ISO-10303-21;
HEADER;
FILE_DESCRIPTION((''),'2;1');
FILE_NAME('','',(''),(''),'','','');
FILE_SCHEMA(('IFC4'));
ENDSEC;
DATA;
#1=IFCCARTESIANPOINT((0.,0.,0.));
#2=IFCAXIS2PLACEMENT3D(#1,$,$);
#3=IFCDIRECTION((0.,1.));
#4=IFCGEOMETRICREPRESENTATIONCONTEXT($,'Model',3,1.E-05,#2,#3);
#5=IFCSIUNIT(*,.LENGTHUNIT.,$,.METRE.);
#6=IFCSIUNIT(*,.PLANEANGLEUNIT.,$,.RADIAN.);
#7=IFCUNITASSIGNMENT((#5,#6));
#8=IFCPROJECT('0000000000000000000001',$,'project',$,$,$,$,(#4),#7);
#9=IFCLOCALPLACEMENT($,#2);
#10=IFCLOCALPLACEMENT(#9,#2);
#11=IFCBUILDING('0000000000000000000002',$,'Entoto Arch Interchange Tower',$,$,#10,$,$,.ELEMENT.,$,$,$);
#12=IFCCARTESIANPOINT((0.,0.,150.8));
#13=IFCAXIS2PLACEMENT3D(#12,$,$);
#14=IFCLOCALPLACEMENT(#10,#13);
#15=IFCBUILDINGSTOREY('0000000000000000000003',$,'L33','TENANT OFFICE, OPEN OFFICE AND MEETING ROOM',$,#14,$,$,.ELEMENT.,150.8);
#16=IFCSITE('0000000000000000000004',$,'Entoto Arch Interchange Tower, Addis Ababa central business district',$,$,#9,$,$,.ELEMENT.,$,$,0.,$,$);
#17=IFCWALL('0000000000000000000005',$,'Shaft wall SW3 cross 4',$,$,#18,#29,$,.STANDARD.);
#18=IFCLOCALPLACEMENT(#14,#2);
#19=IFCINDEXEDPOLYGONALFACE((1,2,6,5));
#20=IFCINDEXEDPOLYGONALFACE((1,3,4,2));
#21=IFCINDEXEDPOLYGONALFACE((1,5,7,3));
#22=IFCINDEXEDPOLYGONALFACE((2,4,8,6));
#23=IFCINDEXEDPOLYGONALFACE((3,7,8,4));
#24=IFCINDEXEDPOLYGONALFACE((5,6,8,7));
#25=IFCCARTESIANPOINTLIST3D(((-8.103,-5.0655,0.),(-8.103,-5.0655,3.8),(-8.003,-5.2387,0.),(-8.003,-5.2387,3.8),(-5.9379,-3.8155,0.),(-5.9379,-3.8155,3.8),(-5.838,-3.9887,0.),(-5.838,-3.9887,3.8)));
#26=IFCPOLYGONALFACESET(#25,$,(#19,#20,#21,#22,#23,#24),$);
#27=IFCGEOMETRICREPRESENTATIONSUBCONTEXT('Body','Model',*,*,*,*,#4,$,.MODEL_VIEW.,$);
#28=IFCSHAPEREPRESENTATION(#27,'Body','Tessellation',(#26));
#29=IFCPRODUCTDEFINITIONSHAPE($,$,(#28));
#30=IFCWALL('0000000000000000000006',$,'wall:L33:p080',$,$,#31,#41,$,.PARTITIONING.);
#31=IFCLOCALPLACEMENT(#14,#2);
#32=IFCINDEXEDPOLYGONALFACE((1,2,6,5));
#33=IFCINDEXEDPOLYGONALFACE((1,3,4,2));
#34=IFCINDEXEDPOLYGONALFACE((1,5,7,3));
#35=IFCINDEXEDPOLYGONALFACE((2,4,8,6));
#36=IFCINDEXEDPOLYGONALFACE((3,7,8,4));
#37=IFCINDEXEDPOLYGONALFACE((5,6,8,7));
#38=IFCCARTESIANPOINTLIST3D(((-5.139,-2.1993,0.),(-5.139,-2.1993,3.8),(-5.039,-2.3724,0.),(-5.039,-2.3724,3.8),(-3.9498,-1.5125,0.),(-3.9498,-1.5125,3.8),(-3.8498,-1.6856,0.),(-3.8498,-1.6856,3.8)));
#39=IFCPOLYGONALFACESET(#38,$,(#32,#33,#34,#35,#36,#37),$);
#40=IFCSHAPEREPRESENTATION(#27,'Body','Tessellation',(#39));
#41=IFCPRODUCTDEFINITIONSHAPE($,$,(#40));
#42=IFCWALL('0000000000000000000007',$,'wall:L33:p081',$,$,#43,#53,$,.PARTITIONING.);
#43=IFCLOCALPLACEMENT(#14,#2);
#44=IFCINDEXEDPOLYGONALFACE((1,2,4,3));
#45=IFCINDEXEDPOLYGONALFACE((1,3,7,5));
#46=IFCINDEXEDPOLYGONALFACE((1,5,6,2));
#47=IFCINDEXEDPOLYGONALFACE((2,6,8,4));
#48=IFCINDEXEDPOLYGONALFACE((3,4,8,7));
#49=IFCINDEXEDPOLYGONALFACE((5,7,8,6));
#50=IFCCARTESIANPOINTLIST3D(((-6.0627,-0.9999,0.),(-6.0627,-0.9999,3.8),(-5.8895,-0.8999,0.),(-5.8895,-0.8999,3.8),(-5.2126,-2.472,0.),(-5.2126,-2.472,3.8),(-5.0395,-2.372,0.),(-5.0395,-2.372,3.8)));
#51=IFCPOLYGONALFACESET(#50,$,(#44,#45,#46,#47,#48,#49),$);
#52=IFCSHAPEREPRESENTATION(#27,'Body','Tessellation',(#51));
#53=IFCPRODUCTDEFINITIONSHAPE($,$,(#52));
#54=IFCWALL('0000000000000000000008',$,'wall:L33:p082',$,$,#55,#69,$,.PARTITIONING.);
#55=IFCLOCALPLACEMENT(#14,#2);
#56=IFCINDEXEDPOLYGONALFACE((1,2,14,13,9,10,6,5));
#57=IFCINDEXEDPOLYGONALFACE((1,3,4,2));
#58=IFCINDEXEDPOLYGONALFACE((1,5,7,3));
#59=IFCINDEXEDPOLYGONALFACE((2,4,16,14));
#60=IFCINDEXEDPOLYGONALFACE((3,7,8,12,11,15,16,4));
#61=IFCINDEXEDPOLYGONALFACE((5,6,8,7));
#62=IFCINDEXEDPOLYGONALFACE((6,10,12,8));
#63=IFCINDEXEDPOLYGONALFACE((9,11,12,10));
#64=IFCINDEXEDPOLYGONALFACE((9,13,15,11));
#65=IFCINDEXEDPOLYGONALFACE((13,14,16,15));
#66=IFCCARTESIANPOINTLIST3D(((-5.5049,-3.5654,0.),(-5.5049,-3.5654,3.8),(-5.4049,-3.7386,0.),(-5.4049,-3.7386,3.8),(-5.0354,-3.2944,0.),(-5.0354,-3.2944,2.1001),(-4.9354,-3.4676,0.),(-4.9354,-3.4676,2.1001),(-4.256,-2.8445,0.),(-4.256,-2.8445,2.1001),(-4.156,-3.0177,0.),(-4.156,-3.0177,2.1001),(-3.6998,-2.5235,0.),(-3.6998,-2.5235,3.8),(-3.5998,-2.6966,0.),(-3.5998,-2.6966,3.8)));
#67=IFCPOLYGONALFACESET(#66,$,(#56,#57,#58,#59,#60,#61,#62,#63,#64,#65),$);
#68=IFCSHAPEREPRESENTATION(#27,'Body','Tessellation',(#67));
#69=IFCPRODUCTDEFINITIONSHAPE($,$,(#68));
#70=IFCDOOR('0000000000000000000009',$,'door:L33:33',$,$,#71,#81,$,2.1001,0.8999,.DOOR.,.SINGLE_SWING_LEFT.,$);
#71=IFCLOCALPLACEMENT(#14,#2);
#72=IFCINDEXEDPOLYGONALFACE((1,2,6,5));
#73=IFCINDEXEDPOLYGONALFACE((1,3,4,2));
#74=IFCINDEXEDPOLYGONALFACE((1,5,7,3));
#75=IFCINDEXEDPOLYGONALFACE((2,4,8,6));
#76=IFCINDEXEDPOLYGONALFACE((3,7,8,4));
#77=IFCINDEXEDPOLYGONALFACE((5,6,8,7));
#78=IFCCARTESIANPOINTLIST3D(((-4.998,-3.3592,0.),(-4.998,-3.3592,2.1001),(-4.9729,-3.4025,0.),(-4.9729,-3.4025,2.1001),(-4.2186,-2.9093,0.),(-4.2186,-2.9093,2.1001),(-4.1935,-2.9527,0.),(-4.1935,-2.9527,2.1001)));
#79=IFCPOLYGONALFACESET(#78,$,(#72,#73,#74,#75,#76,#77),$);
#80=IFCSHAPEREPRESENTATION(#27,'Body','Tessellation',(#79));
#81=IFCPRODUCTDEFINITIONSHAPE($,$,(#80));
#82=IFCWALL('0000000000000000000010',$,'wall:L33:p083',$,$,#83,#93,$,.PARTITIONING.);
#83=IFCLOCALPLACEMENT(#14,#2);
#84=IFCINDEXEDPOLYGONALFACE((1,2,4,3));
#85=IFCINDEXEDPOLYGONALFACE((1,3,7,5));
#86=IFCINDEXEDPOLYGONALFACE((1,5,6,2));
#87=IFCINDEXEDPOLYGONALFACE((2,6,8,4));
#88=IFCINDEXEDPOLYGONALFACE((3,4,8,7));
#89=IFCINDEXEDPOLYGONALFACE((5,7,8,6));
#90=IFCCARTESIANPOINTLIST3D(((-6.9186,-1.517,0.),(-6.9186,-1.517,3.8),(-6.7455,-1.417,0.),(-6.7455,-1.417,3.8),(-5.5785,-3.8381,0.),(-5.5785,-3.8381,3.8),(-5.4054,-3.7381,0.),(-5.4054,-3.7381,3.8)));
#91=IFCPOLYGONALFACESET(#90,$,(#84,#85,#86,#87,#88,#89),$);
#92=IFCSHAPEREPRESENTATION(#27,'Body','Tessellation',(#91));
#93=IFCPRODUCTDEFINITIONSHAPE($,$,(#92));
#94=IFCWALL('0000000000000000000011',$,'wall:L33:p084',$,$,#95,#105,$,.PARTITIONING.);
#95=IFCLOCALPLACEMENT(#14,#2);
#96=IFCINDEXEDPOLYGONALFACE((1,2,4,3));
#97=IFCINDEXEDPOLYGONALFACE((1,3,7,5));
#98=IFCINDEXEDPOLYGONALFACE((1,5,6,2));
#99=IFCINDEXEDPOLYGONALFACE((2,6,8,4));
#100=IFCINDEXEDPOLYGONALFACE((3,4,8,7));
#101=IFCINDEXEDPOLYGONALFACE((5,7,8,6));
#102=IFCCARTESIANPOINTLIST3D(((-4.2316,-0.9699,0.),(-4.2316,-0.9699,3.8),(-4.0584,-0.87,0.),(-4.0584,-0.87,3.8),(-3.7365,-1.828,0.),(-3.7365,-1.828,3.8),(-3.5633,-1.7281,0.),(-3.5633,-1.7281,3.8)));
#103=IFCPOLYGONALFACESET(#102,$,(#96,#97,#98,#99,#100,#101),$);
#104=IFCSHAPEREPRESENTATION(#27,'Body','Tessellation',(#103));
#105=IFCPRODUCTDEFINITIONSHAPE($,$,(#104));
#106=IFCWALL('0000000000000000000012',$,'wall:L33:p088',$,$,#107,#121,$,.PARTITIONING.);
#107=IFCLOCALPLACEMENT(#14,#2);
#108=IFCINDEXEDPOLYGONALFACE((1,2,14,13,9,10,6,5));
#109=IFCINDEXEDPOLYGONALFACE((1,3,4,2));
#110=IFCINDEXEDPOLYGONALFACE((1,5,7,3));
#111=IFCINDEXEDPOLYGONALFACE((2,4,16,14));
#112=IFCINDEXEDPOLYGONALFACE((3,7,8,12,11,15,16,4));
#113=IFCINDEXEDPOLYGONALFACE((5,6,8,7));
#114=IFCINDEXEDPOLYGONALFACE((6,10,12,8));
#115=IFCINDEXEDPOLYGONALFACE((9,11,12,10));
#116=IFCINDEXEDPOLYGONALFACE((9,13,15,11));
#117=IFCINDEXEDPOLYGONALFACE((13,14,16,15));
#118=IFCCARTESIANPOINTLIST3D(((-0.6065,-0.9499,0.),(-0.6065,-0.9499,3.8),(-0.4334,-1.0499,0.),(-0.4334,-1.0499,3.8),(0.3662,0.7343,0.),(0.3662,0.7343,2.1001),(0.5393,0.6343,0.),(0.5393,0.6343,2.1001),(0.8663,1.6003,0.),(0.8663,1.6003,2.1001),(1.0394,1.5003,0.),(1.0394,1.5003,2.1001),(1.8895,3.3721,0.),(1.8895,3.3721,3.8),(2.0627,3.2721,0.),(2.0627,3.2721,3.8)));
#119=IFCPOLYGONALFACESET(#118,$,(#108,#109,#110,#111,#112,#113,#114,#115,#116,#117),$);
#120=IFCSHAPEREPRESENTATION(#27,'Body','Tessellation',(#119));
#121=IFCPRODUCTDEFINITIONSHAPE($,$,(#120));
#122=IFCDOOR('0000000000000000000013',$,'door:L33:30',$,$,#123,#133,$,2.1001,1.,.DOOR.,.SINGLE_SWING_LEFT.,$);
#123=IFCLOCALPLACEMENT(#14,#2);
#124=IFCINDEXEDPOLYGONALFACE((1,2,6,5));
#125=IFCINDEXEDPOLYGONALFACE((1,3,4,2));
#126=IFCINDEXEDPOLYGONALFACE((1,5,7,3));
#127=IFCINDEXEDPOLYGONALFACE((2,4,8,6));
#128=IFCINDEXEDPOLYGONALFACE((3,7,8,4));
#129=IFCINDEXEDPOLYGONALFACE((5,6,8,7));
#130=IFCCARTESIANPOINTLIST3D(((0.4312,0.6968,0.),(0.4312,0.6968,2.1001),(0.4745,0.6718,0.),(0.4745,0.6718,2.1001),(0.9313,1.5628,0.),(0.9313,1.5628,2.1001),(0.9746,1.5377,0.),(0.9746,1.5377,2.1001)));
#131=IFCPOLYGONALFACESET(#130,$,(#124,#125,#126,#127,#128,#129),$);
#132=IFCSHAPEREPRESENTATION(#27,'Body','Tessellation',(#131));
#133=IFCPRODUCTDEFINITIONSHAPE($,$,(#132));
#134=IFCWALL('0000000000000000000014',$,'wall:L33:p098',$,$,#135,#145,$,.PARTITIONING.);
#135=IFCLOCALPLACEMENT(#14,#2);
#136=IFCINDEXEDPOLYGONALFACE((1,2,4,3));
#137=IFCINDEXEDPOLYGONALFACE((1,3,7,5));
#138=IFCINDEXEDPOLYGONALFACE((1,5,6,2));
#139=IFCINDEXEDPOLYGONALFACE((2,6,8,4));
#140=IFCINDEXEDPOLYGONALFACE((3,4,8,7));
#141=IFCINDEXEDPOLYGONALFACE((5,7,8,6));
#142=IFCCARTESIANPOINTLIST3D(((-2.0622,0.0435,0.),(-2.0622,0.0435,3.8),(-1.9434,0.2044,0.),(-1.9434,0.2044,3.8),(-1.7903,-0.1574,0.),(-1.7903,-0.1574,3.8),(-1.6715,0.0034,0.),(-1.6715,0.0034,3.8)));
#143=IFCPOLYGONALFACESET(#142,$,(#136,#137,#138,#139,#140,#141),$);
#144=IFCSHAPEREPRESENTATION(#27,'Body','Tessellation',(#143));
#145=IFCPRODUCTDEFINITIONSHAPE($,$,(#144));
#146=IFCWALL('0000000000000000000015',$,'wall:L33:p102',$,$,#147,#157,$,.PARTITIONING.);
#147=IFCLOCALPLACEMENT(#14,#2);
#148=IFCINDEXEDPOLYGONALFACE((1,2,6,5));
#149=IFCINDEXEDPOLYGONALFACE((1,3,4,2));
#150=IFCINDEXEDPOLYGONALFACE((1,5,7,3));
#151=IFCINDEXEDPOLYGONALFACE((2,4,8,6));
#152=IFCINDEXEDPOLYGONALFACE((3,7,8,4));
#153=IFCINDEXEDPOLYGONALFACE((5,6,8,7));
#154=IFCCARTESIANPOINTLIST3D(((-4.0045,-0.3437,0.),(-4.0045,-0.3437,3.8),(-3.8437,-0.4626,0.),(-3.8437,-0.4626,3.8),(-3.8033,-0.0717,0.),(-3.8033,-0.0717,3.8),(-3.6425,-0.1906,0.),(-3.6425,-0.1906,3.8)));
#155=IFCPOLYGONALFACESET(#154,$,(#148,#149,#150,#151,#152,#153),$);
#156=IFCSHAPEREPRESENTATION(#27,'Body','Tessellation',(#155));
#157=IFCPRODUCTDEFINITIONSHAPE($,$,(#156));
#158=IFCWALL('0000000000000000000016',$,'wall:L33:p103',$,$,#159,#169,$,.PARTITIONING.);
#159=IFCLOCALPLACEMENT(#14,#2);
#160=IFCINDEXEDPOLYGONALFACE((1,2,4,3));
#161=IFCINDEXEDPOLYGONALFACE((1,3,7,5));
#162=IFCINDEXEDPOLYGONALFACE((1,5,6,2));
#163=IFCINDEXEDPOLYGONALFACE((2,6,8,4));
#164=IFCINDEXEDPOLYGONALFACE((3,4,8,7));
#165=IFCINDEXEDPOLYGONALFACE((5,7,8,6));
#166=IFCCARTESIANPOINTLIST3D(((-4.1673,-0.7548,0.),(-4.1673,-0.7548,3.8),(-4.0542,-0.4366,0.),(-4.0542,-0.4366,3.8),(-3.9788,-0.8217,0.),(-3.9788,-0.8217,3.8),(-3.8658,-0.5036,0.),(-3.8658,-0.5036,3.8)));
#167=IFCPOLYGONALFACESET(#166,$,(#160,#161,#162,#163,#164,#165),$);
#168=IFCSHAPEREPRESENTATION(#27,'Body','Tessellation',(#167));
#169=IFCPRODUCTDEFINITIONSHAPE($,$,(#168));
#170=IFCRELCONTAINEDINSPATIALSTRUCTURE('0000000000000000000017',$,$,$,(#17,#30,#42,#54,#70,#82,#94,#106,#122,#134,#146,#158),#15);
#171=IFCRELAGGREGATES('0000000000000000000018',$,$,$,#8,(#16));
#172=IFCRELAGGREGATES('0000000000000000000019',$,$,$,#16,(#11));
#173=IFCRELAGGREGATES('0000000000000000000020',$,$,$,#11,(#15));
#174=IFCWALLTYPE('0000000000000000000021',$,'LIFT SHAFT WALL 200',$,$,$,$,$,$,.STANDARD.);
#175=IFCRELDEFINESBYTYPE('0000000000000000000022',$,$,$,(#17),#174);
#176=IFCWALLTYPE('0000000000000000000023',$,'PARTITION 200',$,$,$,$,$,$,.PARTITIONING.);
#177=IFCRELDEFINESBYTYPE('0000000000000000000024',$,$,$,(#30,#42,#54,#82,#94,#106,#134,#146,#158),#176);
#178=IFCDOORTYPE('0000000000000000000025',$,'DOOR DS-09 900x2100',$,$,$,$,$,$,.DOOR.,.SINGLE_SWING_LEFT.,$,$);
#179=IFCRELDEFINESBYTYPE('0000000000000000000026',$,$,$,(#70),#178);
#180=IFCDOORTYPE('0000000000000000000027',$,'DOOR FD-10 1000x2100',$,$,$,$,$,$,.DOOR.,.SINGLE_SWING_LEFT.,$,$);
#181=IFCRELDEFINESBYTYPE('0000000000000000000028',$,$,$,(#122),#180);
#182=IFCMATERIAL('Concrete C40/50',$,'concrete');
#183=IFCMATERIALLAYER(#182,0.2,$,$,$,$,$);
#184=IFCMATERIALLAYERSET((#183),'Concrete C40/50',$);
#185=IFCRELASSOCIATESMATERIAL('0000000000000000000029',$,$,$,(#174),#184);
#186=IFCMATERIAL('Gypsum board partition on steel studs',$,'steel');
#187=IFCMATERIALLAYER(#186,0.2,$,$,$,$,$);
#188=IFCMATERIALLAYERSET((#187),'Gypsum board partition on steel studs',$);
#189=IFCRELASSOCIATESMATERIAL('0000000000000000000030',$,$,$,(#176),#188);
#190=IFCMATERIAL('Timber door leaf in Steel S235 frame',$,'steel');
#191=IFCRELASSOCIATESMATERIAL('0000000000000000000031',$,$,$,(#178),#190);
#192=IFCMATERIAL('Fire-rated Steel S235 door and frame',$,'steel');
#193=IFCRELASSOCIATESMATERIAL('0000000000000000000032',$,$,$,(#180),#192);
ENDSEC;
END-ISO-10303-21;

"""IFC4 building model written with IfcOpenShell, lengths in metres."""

from ifc_helpers import new_model, si_unit, direction, frame, frame_2d, origin, place, context, subcontext, project, spatial, rectangle, extrude, material, layer, layer_set, type_object, element, fill, save


model = new_model("IFC4")

# Units and contexts
model_context = context("Model", 3, precision=1e-05, world=origin(), true_north=direction((0.0, 1.0)))
body_context = subcontext(model_context, "Body", "Model", "MODEL_VIEW")
ifc_project = project(units=[si_unit("LENGTHUNIT", "METRE"), si_unit("PLANEANGLEUNIT", "RADIAN")], contexts=[model_context])

# Site, building, storey
site_placement = place(None, origin())
site = spatial("IfcSite", under=ifc_project, at=site_placement, Name="Entoto Arch Interchange Tower, Addis Ababa central business district", CompositionType="ELEMENT", RefElevation=0.0)
building_placement = place(site_placement, origin())
building = spatial("IfcBuilding", under=site, at=building_placement, Name="Entoto Arch Interchange Tower", CompositionType="ELEMENT")
storey_placement = place(building_placement, frame((0.0, 0.0, 150.8)))
storey = spatial("IfcBuildingStorey", under=building, at=storey_placement, Name="L33", Description="TENANT OFFICE, OPEN OFFICE AND MEETING ROOM", CompositionType="ELEMENT", Elevation=150.8)

# Shared definitions
ifc_material_1 = material(Name="Concrete C40/50", Category="concrete")

# Walls
ifc_layer_1 = layer(ifc_material_1, 0.2)
ifc_layer_set_1 = layer_set([ifc_layer_1], Name="Concrete C40/50")
wall_type_1 = type_object("IfcWallType", Name="LIFT SHAFT WALL 200", PredefinedType="STANDARD", material=ifc_layer_set_1)
for number, where, z_axis, x_axis, name in (
    (1, (-5.8879, -3.9021, 0.0), (0.0, 0.0, 1.0), (-0.866023, -0.500004, 0.0), "Shaft wall SW3 cross 4"),
):
    element("IfcWall", number, at=place(storey_placement, frame(where, z_axis=z_axis, x_axis=x_axis)), inside=storey, type_object=wall_type_1, Name=name, PredefinedType="STANDARD", context=body_context, shape_type="SweptSolid", body=[
        extrude(rectangle(XDim=2.5, YDim=0.2, at=frame_2d((1.25, 0.0))), origin(), (0.0, 0.0, 1.0), 3.8),
    ])
ifc_material_2 = material(Name="Gypsum board partition on steel studs", Category="steel")
ifc_layer_2 = layer(ifc_material_2, 0.2)
ifc_layer_set_2 = layer_set([ifc_layer_2], Name="Gypsum board partition on steel studs")
wall_type_2 = type_object("IfcWallType", Name="PARTITION 200", PredefinedType="PARTITIONING", material=ifc_layer_set_2)
wall_1_placement = place(storey_placement, frame((-3.8999, -1.5991, 0.0), z_axis=(0.0, 0.0, 1.0), x_axis=(-0.865969, -0.500097, 0.0)))
element("IfcWall", 2, at=wall_1_placement, inside=storey, type_object=wall_type_2, Name="wall:L33:p080", PredefinedType="PARTITIONING", context=body_context, shape_type="SweptSolid", body=[
    extrude(rectangle(XDim=1.3733, YDim=0.2, at=frame_2d((0.6865, 0.0))), origin(), (0.0, 0.0, 1.0), 3.8),
])
wall_2_placement = place(storey_placement, frame((-5.126, -2.4221, 0.0), z_axis=(0.0, 0.0, 1.0), x_axis=(-0.500062, 0.865989, 0.0)))
element("IfcWall", 3, at=wall_2_placement, inside=storey, type_object=wall_type_2, Name="wall:L33:p081", PredefinedType="PARTITIONING", context=body_context, shape_type="SweptSolid", body=[
    extrude(rectangle(XDim=1.7, YDim=0.2, at=frame_2d((0.8501, 0.0))), origin(), (0.0, 0.0, 1.0), 3.8),
])

# Wall, opening, door
wall_3_placement = place(storey_placement, frame((-3.6499, -2.6101, 0.0), z_axis=(0.0, 0.0, 1.0), x_axis=(-0.866072, -0.499918, 0.0)))
wall_3 = element("IfcWall", 4, at=wall_3_placement, inside=storey, type_object=wall_type_2, Name="wall:L33:p082", PredefinedType="PARTITIONING", context=body_context, shape_type="SweptSolid", body=[
    extrude(rectangle(XDim=2.0842, YDim=0.2, at=frame_2d((1.042, 0.0))), origin(), (0.0, 0.0, 1.0), 3.8),
])
opening_1_placement = place(wall_3_placement, frame((0.6421, 0.0, 0.0)))
opening_1 = element("IfcOpeningElement", 5, at=opening_1_placement, cuts=wall_3, PredefinedType="OPENING", context=body_context, shape_type="SweptSolid", body=[
    extrude(rectangle(XDim=0.8999, YDim=2.1001, at=frame_2d((0.45, 1.05))), frame((0.0, 0.1099, 0.0), z_axis=(0.0, -1.0, 0.0), x_axis=(1.0, 0.0, 0.0)), (0.0, 0.0, 1.0), 0.22),
])
ifc_material_3 = material(Name="Timber door leaf in Steel S235 frame", Category="steel")
door_type_1 = type_object("IfcDoorType", Name="DOOR DS-09 900x2100", OperationType="SINGLE_SWING_LEFT", PredefinedType="DOOR", material=ifc_material_3)
door_1_placement = place(opening_1_placement, origin())
door_1 = element("IfcDoor", 6, at=door_1_placement, inside=storey, type_object=door_type_1, Name="door:L33:33", OperationType="SINGLE_SWING_LEFT", OverallHeight=2.1001, OverallWidth=0.8999, PredefinedType="DOOR", context=body_context, shape_type="SweptSolid", body=[
    extrude(rectangle(XDim=0.8999, YDim=2.1001, at=frame_2d((0.45, 1.05))), frame((0.0, 0.0249, 0.0), z_axis=(0.0, -1.0, 0.0), x_axis=(1.0, 0.0, 0.0)), (0.0, 0.0, 1.0), 0.05),
])
fill(opening_1, door_1)

# Walls
wall_4_placement = place(storey_placement, frame((-5.4919, -3.7881, 0.0), z_axis=(0.0, 0.0, 1.0), x_axis=(-0.500009, 0.86602, 0.0)))
element("IfcWall", 7, at=wall_4_placement, inside=storey, type_object=wall_type_2, Name="wall:L33:p083", PredefinedType="PARTITIONING", context=body_context, shape_type="SweptSolid", body=[
    extrude(rectangle(XDim=2.6802, YDim=0.2, at=frame_2d((1.3401, 0.0))), origin(), (0.0, 0.0, 1.0), 3.8),
])
wall_5_placement = place(storey_placement, frame((-4.145, -0.9199, 0.0), z_axis=(0.0, 0.0, 1.0), x_axis=(0.499744, -0.866173, 0.0)))
element("IfcWall", 8, at=wall_5_placement, inside=storey, type_object=wall_type_2, Name="wall:L33:p084", PredefinedType="PARTITIONING", context=body_context, shape_type="SweptSolid", body=[
    extrude(rectangle(XDim=0.9907, YDim=0.2, at=frame_2d((0.4954, 0.0))), origin(), (0.0, 0.0, 1.0), 3.8),
])

# Wall, opening, door
wall_6_placement = place(storey_placement, frame((-0.52, -1.0, 0.0), z_axis=(0.0, 0.0, 1.0), x_axis=(0.500116, 0.865958, 0.0)))
wall_6 = element("IfcWall", 9, at=wall_6_placement, inside=storey, type_object=wall_type_2, Name="wall:L33:p088", PredefinedType="PARTITIONING", context=body_context, shape_type="SweptSolid", body=[
    extrude(rectangle(XDim=4.991, YDim=0.2, at=frame_2d((2.4956, 0.0))), origin(), (0.0, 0.0, 1.0), 3.8),
])
opening_2_placement = place(wall_6_placement, frame((1.9451, 0.0, 0.0)))
opening_2 = element("IfcOpeningElement", 10, at=opening_2_placement, cuts=wall_6, PredefinedType="OPENING", context=body_context, shape_type="SweptSolid", body=[
    extrude(rectangle(XDim=1.0, YDim=2.1001, at=frame_2d((0.5, 1.05))), frame((0.0, 0.1099, 0.0), z_axis=(0.0, -1.0, 0.0), x_axis=(1.0, 0.0, 0.0)), (0.0, 0.0, 1.0), 0.22),
])
ifc_material_4 = material(Name="Fire-rated Steel S235 door and frame", Category="steel")
door_type_2 = type_object("IfcDoorType", Name="DOOR FD-10 1000x2100", OperationType="SINGLE_SWING_LEFT", PredefinedType="DOOR", material=ifc_material_4)
door_2_placement = place(opening_2_placement, origin())
door_2 = element("IfcDoor", 11, at=door_2_placement, inside=storey, type_object=door_type_2, Name="door:L33:30", OperationType="SINGLE_SWING_LEFT", OverallHeight=2.1001, OverallWidth=1.0, PredefinedType="DOOR", context=body_context, shape_type="SweptSolid", body=[
    extrude(rectangle(XDim=1.0, YDim=2.1001, at=frame_2d((0.5, 1.05))), frame((0.0, 0.0249, 0.0), z_axis=(0.0, -1.0, 0.0), x_axis=(1.0, 0.0, 0.0)), (0.0, 0.0, 1.0), 0.05),
])
fill(opening_2, door_2)

# Walls
wall_7_placement = place(storey_placement, frame((-1.731, -0.0769, 0.0), z_axis=(0.0, 0.0, 1.0), x_axis=(-0.804311, 0.594208, 0.0)))
element("IfcWall", 12, at=wall_7_placement, inside=storey, type_object=wall_type_2, Name="wall:L33:p098", PredefinedType="PARTITIONING", context=body_context, shape_type="SweptSolid", body=[
    extrude(rectangle(XDim=0.3381, YDim=0.2, at=frame_2d((0.1689, 0.0))), origin(), (0.0, 0.0, 1.0), 3.8),
])
wall_8_placement = place(storey_placement, frame((-3.7229, -0.1311, 0.0), z_axis=(0.0, 0.0, 1.0), x_axis=(-0.594675, -0.803966, 0.0)))
element("IfcWall", 13, at=wall_8_placement, inside=storey, type_object=wall_type_2, Name="wall:L33:p102", PredefinedType="PARTITIONING", context=body_context, shape_type="SweptSolid", body=[
    extrude(rectangle(XDim=0.3384, YDim=0.2, at=frame_2d((0.1692, 0.0))), origin(), (0.0, 0.0, 1.0), 3.8),
])
wall_9_placement = place(storey_placement, frame((-3.96, -0.47, 0.0), z_axis=(0.0, 0.0, 1.0), x_axis=(-0.334824, -0.942281, 0.0)))
element("IfcWall", 14, at=wall_9_placement, inside=storey, type_object=wall_type_2, Name="wall:L33:p103", PredefinedType="PARTITIONING", context=body_context, shape_type="SweptSolid", body=[
    extrude(rectangle(XDim=0.3376, YDim=0.2, at=frame_2d((0.1689, 0.0))), origin(), (0.0, 0.0, 1.0), 3.8),
])

save(model, "model.ifc")
